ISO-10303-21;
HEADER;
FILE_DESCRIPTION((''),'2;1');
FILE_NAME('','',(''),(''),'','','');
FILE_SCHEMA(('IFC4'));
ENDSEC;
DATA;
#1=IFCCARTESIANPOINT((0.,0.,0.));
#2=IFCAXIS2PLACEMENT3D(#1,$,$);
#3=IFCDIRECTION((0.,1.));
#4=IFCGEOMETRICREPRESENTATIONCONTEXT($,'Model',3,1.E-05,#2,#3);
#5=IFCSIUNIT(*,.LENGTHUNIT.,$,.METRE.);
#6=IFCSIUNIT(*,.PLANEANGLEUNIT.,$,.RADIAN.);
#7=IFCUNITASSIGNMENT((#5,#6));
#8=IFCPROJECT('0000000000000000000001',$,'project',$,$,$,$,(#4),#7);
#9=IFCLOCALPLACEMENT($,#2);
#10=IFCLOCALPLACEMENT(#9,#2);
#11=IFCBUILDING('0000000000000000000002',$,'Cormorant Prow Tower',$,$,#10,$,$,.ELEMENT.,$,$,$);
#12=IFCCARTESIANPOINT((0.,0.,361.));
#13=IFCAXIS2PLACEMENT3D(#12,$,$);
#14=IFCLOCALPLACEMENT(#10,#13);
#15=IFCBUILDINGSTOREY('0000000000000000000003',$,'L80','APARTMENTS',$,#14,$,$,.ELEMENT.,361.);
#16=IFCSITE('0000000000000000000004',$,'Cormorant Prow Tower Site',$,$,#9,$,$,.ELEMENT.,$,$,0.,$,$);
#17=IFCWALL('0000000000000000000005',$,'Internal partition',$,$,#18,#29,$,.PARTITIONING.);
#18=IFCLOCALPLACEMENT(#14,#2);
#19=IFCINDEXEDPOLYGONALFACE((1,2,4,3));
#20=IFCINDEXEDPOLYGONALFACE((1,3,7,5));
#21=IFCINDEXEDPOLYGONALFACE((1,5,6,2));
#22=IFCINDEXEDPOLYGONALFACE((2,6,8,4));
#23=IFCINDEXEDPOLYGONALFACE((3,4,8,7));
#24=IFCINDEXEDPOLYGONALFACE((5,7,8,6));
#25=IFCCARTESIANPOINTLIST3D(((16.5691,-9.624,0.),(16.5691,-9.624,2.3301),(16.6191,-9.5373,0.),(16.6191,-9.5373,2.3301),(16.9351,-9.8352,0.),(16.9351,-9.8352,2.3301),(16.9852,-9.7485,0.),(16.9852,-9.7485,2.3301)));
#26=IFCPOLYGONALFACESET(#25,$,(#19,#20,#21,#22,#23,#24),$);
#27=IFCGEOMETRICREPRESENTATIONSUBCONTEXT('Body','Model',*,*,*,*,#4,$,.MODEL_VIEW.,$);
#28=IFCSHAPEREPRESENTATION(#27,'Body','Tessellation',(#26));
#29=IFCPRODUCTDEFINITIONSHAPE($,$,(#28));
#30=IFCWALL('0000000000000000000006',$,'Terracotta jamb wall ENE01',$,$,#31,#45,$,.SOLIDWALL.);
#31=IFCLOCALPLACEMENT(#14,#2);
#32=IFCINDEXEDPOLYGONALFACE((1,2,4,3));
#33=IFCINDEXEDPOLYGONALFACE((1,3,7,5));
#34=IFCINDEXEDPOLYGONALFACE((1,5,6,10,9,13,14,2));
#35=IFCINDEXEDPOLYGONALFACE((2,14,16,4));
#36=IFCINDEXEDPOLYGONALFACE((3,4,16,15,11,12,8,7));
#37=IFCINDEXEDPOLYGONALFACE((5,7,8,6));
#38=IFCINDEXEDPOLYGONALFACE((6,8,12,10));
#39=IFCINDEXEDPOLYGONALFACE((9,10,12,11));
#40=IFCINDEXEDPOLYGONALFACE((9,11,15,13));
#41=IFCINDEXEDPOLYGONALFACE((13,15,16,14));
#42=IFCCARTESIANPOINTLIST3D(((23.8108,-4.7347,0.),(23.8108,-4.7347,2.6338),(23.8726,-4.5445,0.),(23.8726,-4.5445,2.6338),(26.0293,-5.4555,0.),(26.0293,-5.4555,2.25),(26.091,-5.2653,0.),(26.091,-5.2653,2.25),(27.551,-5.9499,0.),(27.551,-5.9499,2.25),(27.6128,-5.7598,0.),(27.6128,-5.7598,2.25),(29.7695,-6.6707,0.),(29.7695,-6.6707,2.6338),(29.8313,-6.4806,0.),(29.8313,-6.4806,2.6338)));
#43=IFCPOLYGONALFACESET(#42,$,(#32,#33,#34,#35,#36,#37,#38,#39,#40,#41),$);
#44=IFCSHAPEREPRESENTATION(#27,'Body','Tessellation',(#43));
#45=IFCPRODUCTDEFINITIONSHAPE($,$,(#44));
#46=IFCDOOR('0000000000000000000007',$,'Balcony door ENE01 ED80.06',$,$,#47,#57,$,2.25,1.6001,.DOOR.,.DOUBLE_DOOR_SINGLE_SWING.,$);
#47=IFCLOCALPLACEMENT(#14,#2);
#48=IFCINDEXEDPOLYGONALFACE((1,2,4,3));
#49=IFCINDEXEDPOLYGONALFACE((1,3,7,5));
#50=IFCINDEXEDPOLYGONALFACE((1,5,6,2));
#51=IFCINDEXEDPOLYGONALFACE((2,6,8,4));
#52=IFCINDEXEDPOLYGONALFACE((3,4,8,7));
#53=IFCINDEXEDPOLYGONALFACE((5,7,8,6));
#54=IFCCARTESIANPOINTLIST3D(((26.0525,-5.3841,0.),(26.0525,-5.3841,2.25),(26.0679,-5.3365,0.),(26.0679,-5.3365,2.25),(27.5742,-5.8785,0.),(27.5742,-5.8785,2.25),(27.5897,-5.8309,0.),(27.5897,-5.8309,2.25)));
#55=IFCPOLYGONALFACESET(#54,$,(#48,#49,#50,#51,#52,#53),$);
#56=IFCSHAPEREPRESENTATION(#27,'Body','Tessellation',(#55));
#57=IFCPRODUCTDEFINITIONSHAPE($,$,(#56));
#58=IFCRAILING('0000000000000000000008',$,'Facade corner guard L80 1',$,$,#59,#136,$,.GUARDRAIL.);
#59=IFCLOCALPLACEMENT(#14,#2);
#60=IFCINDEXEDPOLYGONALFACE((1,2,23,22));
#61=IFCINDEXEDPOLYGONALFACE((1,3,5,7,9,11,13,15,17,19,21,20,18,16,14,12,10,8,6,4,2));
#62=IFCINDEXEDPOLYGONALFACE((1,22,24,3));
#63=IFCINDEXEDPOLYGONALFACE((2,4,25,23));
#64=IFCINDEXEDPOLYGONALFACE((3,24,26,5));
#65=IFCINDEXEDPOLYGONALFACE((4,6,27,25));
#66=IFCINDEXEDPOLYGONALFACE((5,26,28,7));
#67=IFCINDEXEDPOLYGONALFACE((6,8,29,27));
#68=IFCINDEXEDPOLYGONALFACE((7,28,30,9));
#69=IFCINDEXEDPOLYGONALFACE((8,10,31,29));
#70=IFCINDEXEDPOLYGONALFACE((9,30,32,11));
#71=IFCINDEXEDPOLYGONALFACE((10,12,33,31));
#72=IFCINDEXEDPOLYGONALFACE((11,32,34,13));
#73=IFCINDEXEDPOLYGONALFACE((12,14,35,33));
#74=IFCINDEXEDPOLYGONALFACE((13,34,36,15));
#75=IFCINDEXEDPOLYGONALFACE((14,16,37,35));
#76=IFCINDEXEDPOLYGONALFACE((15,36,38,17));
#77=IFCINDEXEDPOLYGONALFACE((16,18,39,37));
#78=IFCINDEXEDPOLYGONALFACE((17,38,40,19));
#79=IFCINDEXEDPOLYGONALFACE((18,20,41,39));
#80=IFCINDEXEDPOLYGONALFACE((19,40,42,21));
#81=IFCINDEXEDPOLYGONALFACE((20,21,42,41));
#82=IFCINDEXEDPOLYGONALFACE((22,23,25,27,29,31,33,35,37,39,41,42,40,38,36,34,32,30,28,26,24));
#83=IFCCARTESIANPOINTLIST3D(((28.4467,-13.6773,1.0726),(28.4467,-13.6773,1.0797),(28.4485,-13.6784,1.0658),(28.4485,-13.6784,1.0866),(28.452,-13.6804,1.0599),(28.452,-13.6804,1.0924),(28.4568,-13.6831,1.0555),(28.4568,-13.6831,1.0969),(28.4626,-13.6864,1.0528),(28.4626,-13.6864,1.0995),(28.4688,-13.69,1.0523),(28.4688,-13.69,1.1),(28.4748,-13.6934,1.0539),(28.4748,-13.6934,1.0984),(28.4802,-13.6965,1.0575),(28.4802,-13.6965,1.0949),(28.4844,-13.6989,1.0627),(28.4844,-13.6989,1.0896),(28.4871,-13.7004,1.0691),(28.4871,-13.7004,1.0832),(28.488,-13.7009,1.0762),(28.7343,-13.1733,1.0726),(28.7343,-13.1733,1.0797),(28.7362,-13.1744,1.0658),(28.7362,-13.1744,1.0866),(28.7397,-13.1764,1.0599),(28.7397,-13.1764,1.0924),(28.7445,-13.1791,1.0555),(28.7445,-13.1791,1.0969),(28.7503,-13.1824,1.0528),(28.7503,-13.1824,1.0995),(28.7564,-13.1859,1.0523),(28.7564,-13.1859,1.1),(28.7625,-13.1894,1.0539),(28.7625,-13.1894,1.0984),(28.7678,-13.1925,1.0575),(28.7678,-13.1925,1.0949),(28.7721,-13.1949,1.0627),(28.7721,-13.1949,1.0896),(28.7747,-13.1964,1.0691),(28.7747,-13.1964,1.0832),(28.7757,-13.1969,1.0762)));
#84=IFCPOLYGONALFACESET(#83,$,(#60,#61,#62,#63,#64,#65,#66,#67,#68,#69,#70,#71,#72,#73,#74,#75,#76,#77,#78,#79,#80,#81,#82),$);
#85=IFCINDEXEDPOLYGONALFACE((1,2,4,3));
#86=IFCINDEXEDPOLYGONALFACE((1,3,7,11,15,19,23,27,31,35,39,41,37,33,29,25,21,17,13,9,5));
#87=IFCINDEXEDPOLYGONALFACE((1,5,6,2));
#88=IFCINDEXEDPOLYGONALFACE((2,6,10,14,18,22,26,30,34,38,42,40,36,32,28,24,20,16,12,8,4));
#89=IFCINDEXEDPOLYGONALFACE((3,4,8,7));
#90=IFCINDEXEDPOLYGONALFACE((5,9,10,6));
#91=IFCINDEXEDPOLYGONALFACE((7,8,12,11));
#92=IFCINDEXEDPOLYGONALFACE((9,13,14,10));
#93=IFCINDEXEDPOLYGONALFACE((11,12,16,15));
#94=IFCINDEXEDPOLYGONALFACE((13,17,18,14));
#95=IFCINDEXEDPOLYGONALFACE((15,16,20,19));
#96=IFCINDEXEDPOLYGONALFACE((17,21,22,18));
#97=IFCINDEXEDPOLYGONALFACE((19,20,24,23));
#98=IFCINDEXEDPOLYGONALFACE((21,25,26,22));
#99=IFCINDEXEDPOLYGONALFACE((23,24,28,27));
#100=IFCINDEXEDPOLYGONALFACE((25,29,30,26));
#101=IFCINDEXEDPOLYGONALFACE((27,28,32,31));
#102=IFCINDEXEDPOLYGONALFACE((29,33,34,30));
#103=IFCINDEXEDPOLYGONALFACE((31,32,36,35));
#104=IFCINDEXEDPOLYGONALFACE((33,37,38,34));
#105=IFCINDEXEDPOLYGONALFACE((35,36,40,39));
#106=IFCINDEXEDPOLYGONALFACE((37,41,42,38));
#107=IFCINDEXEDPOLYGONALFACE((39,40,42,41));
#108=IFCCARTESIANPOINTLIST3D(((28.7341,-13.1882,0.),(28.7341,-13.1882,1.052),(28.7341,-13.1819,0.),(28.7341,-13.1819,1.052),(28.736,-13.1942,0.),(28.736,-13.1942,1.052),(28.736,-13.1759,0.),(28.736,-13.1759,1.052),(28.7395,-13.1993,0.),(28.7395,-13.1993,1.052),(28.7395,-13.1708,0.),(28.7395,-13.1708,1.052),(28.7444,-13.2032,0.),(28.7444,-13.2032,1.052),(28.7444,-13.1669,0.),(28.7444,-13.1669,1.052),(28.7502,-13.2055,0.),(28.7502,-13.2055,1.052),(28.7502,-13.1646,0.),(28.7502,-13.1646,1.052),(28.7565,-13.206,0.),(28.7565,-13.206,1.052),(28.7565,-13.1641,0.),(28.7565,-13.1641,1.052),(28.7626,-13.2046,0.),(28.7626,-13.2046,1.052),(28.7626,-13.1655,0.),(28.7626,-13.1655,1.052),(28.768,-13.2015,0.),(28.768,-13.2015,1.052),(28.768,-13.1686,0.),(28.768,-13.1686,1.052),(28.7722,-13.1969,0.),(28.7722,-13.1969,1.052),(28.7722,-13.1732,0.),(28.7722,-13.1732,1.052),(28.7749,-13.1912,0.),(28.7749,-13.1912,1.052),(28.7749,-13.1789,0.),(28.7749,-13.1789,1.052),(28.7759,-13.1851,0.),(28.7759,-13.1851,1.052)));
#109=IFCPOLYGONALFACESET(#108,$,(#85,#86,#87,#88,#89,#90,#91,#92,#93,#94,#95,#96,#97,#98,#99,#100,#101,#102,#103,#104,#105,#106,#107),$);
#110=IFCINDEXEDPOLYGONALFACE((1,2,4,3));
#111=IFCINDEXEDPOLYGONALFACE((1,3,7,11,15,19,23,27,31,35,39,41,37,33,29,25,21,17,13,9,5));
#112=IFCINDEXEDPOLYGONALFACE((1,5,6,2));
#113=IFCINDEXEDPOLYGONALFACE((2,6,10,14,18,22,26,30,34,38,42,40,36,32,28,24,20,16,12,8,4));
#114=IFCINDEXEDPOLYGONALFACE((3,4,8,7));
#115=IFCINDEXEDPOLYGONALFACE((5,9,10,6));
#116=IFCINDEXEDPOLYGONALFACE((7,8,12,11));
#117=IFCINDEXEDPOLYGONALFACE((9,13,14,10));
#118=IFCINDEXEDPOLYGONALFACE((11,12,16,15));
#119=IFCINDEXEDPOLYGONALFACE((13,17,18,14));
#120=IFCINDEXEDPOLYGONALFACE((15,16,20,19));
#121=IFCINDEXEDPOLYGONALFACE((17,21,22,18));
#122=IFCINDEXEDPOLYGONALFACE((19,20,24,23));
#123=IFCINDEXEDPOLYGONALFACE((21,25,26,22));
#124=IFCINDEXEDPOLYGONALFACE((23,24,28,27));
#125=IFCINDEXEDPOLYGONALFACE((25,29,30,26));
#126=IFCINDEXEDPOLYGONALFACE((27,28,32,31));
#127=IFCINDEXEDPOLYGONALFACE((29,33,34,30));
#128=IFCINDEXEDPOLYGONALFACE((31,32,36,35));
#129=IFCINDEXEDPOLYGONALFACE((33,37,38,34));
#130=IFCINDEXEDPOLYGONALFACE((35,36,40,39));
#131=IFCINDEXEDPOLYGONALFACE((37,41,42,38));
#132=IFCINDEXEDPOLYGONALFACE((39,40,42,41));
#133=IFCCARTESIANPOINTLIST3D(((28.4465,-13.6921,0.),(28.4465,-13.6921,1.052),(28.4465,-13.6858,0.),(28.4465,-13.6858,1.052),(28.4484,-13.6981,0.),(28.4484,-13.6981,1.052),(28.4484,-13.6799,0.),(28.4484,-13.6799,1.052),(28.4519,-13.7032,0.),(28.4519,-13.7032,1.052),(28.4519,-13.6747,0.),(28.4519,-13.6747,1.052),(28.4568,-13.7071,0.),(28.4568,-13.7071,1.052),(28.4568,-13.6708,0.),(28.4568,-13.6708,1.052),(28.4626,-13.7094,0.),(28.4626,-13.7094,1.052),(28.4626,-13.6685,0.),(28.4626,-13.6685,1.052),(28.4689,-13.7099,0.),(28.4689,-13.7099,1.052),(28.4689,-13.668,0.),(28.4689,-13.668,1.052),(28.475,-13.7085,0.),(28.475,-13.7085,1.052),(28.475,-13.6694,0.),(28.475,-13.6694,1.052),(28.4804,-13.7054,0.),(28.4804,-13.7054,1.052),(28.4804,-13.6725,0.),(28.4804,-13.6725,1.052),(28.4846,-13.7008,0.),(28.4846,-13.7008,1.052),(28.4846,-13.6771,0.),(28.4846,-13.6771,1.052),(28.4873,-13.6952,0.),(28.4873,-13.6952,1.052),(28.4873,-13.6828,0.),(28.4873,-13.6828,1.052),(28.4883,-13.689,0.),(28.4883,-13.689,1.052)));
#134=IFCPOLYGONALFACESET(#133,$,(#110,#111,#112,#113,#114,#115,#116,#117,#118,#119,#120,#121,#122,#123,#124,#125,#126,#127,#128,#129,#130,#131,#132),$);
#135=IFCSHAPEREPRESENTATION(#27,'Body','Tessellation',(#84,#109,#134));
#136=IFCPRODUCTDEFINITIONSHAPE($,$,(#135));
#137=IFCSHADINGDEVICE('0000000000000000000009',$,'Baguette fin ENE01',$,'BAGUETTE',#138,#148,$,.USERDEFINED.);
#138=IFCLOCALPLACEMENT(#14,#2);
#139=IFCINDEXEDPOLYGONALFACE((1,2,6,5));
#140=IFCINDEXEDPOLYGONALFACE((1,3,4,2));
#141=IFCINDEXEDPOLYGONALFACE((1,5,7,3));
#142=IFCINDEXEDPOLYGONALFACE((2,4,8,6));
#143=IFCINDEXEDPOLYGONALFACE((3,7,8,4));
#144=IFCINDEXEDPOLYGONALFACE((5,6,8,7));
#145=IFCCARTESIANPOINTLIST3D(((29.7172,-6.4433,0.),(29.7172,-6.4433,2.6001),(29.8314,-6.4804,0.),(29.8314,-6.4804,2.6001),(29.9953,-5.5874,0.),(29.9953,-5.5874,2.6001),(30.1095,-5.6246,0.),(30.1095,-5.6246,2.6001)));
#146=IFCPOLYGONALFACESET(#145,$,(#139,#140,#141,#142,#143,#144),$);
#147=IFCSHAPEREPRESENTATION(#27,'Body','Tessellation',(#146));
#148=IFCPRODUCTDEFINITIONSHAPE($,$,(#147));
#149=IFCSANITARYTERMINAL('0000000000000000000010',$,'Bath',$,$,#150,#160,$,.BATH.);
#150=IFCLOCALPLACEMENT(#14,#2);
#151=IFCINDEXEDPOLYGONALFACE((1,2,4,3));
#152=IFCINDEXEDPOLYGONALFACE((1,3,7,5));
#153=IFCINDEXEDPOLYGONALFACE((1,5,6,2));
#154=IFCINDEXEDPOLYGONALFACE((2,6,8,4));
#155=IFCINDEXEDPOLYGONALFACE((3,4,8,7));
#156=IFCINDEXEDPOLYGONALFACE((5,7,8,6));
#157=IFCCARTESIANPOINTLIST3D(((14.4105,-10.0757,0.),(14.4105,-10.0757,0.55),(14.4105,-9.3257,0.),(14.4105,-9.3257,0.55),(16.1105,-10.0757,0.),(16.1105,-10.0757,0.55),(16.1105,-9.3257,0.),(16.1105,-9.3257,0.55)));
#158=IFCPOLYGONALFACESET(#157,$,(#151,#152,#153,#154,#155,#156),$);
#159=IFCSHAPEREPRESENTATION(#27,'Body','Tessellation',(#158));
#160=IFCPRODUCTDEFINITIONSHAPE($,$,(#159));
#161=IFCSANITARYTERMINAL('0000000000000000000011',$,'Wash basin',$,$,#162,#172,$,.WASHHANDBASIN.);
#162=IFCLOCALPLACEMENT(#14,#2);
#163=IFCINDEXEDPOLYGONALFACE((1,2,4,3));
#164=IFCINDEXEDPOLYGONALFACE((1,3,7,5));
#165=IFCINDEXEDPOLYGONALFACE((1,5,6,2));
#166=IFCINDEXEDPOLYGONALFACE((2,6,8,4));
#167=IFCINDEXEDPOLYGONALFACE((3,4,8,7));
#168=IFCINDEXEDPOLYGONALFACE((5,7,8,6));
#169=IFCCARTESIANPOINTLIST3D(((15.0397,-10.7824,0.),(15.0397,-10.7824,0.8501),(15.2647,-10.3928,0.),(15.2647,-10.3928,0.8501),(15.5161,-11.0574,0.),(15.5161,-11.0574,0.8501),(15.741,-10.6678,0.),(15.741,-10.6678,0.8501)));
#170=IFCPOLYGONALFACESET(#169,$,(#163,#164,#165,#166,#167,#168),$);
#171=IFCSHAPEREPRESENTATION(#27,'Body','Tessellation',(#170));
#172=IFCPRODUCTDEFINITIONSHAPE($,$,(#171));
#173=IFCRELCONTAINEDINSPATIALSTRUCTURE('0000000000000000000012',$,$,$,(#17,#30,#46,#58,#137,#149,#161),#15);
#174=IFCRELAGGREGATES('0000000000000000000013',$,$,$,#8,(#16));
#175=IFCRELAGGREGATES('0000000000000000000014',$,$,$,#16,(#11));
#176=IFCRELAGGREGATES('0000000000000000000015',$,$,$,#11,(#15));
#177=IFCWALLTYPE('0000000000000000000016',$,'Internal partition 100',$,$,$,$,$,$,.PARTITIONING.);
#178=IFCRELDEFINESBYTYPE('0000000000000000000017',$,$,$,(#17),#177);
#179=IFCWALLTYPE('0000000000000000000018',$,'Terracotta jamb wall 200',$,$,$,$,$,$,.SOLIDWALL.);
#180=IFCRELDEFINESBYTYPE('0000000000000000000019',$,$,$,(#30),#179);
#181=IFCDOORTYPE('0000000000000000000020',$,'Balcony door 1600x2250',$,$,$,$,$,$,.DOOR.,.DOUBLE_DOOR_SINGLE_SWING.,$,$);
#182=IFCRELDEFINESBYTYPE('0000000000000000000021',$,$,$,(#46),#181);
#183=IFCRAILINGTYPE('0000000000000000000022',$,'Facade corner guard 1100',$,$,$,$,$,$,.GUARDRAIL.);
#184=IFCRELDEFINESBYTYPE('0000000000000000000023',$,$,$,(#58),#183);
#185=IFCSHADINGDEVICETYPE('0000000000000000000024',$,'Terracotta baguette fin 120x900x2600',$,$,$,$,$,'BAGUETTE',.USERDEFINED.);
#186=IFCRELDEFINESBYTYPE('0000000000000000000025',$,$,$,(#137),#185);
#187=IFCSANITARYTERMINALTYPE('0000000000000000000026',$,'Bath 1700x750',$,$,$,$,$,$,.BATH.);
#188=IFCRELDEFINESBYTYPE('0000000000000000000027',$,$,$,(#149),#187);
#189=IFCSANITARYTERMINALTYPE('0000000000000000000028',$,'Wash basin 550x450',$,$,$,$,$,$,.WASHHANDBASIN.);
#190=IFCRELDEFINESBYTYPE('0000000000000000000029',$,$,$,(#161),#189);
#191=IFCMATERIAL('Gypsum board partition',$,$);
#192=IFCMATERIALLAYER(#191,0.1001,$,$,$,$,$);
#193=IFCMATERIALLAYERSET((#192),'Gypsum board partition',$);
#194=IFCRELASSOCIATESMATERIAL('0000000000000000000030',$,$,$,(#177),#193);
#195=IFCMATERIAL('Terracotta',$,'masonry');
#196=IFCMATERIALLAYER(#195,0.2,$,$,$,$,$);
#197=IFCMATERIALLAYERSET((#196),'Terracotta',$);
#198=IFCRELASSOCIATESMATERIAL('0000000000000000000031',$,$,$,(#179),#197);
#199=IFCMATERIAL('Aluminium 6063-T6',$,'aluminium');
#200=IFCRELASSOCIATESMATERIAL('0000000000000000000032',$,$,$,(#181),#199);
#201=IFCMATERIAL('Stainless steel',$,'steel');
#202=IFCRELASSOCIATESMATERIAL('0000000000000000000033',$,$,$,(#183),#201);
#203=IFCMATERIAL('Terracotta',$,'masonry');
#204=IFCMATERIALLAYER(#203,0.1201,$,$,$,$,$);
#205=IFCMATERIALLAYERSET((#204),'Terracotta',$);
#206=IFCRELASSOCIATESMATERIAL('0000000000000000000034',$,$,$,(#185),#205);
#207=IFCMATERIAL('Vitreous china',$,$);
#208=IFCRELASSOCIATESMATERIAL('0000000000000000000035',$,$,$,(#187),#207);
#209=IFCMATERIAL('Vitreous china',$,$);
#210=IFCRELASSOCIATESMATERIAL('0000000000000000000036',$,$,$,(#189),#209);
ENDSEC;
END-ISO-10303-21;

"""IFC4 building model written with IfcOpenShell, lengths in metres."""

from ifc_helpers import new_model, si_unit, direction, frame, frame_2d, origin, origin_2d, place, context, subcontext, project, spatial, rectangle, circle, extrude, material, layer, layer_set, type_object, element, fill, save


model = new_model("IFC4")

# Units and contexts
model_context = context("Model", 3, precision=1e-05, world=origin(), true_north=direction((0.0, 1.0)))
body_context = subcontext(model_context, "Body", "Model", "MODEL_VIEW")
ifc_project = project(units=[si_unit("LENGTHUNIT", "METRE"), si_unit("PLANEANGLEUNIT", "RADIAN")], contexts=[model_context])

# Site, building, storey
site_placement = place(None, origin())
site = spatial("IfcSite", under=ifc_project, at=site_placement, Name="Cormorant Prow Tower Site", CompositionType="ELEMENT", RefElevation=0.0)
building_placement = place(site_placement, origin())
building = spatial("IfcBuilding", under=site, at=building_placement, Name="Cormorant Prow Tower", CompositionType="ELEMENT")
storey_placement = place(building_placement, frame((0.0, 0.0, 361.0)))
storey = spatial("IfcBuildingStorey", under=building, at=storey_placement, Name="L80", Description="APARTMENTS", CompositionType="ELEMENT", Elevation=361.0)

# Shared definitions
ifc_material_1 = material(Name="Gypsum board partition")
ifc_layer_1 = layer(ifc_material_1, 0.1001)
ifc_layer_set_1 = layer_set([ifc_layer_1], Name="Gypsum board partition")
wall_type_1 = type_object("IfcWallType", Name="Internal partition 100", PredefinedType="PARTITIONING", material=ifc_layer_set_1)

# Wall
wall_1_placement = place(storey_placement, frame((16.594, -9.5806, 0.0), z_axis=(0.0, 0.0, 1.0), x_axis=(0.866137, -0.499806, 0.0)))
element("IfcWall", 1, at=wall_1_placement, inside=storey, type_object=wall_type_1, Name="Internal partition", PredefinedType="PARTITIONING", context=body_context, shape_type="SweptSolid", body=[
    extrude(rectangle(XDim=0.4226, YDim=0.1001, at=frame_2d((0.2114, 0.0))), origin(), (0.0, 0.0, 1.0), 2.3301),
])

# Wall, opening, door
ifc_material_2 = material(Name="Terracotta", Category="masonry")
ifc_layer_2 = layer(ifc_material_2, 0.2)
ifc_layer_set_2 = layer_set([ifc_layer_2], Name="Terracotta")
wall_type_2 = type_object("IfcWallType", Name="Terracotta jamb wall 200", PredefinedType="SOLIDWALL", material=ifc_layer_set_2)
wall_2_placement = place(storey_placement, frame((29.8005, -6.5757, 0.0), z_axis=(0.0, 0.0, 1.0), x_axis=(-0.95106, 0.309006, 0.0)))
wall_2 = element("IfcWall", 2, at=wall_2_placement, inside=storey, type_object=wall_type_2, Name="Terracotta jamb wall ENE01", PredefinedType="SOLIDWALL", context=body_context, shape_type="SweptSolid", body=[
    extrude(rectangle(XDim=6.2654, YDim=0.2, at=frame_2d((3.1328, 0.0))), origin(), (0.0, 0.0, 1.0), 2.6338),
])
opening_1_placement = place(wall_2_placement, frame((2.3328, 0.0, 0.0)))
opening_1 = element("IfcOpeningElement", 3, at=opening_1_placement, cuts=wall_2, PredefinedType="OPENING", context=body_context, shape_type="SweptSolid", body=[
    extrude(rectangle(XDim=1.6001, YDim=2.25, at=frame_2d((0.8, 1.125))), frame((0.0, 0.1099, 0.0), z_axis=(0.0, -1.0, 0.0), x_axis=(1.0, 0.0, 0.0)), (0.0, 0.0, 1.0), 0.22),
])
ifc_material_3 = material(Name="Aluminium 6063-T6", Category="aluminium")
door_type_1 = type_object("IfcDoorType", Name="Balcony door 1600x2250", OperationType="DOUBLE_DOOR_SINGLE_SWING", PredefinedType="DOOR", material=ifc_material_3)
door_1_placement = place(opening_1_placement, origin())
door_1 = element("IfcDoor", 4, at=door_1_placement, inside=storey, type_object=door_type_1, Name="Balcony door ENE01 ED80.06", OperationType="DOUBLE_DOOR_SINGLE_SWING", OverallHeight=2.25, OverallWidth=1.6001, PredefinedType="DOOR", context=body_context, shape_type="SweptSolid", body=[
    extrude(rectangle(XDim=1.6001, YDim=2.25, at=frame_2d((0.8, 1.125))), frame((0.0, 0.0249, 0.0), z_axis=(0.0, -1.0, 0.0), x_axis=(1.0, 0.0, 0.0)), (0.0, 0.0, 1.0), 0.05),
])
fill(opening_1, door_1)

# Railing
ifc_material_4 = material(Name="Stainless steel", Category="steel")
railing_type_1 = type_object("IfcRailingType", Name="Facade corner guard 1100", PredefinedType="GUARDRAIL", material=ifc_material_4)
railing_1_placement = place(storey_placement, frame((28.7549, -13.1851, 0.0)))
element("IfcRailing", 5, at=railing_1_placement, inside=storey, type_object=railing_type_1, Name="Facade corner guard L80 1", PredefinedType="GUARDRAIL", context=body_context, shape_type="SweptSolid", body=[
    extrude(circle(Radius=0.0239, at=origin_2d()), frame((0.0, 0.0, 1.0762), z_axis=(-0.495686, -0.868502, 0.0), x_axis=(0.868502, -0.495686, 0.0)), (0.0, 0.0, 1.0), 0.5803),
    extrude(circle(Radius=0.021, at=origin_2d()), origin(), (0.0, 0.0, 1.0), 1.052),
    extrude(circle(Radius=0.021, at=origin_2d()), frame((-0.2876, -0.5039, 0.0)), (0.0, 0.0, 1.0), 1.052),
])

# Shading device
ifc_material_5 = material(Name="Terracotta", Category="masonry")
ifc_layer_3 = layer(ifc_material_5, 0.1201)
ifc_layer_set_3 = layer_set([ifc_layer_3], Name="Terracotta")
shading_device_type = type_object("IfcShadingDeviceType", Name="Terracotta baguette fin 120x900x2600", ElementType="BAGUETTE", PredefinedType="USERDEFINED", material=ifc_layer_set_3)
shading_device_placement = place(storey_placement, frame((29.9133, -6.0339, 0.0), z_axis=(0.0, 0.0, 1.0), x_axis=(-0.951057, 0.309017, 0.0)))
element("IfcShadingDevice", 6, at=shading_device_placement, inside=storey, type_object=shading_device_type, Name="Baguette fin ENE01", ObjectType="BAGUETTE", PredefinedType="USERDEFINED", context=body_context, shape_type="SweptSolid", body=[
    extrude(rectangle(XDim=0.1201, YDim=0.8999, at=origin_2d()), origin(), (0.0, 0.0, 1.0), 2.6001),
])

# Sanitary terminals
ifc_material_6 = material(Name="Vitreous china")
sanitary_terminal_type_1 = type_object("IfcSanitaryTerminalType", Name="Bath 1700x750", PredefinedType="BATH", material=ifc_material_6)
sanitary_terminal_1_placement = place(storey_placement, frame((15.2605, -9.7007, 0.0), z_axis=(0.0, 0.0, 1.0), x_axis=(1.0, 0.0, 0.0)))
element("IfcSanitaryTerminal", 7, at=sanitary_terminal_1_placement, inside=storey, type_object=sanitary_terminal_type_1, Name="Bath", PredefinedType="BATH", context=body_context, shape_type="SweptSolid", body=[
    extrude(rectangle(XDim=1.7, YDim=0.75, at=origin_2d()), origin(), (0.0, 0.0, 1.0), 0.55),
])
ifc_material_7 = material(Name="Vitreous china")
sanitary_terminal_type_2 = type_object("IfcSanitaryTerminalType", Name="Wash basin 550x450", PredefinedType="WASHHANDBASIN", material=ifc_material_7)
sanitary_terminal_2_placement = place(storey_placement, frame((15.3904, -10.7251, 0.0), z_axis=(0.0, 0.0, 1.0), x_axis=(-0.866025, 0.5, 0.0)))
element("IfcSanitaryTerminal", 8, at=sanitary_terminal_2_placement, inside=storey, type_object=sanitary_terminal_type_2, Name="Wash basin", PredefinedType="WASHHANDBASIN", context=body_context, shape_type="SweptSolid", body=[
    extrude(rectangle(XDim=0.55, YDim=0.45, at=origin_2d()), origin(), (0.0, 0.0, 1.0), 0.8501),
])

save(model, "model.ifc")
